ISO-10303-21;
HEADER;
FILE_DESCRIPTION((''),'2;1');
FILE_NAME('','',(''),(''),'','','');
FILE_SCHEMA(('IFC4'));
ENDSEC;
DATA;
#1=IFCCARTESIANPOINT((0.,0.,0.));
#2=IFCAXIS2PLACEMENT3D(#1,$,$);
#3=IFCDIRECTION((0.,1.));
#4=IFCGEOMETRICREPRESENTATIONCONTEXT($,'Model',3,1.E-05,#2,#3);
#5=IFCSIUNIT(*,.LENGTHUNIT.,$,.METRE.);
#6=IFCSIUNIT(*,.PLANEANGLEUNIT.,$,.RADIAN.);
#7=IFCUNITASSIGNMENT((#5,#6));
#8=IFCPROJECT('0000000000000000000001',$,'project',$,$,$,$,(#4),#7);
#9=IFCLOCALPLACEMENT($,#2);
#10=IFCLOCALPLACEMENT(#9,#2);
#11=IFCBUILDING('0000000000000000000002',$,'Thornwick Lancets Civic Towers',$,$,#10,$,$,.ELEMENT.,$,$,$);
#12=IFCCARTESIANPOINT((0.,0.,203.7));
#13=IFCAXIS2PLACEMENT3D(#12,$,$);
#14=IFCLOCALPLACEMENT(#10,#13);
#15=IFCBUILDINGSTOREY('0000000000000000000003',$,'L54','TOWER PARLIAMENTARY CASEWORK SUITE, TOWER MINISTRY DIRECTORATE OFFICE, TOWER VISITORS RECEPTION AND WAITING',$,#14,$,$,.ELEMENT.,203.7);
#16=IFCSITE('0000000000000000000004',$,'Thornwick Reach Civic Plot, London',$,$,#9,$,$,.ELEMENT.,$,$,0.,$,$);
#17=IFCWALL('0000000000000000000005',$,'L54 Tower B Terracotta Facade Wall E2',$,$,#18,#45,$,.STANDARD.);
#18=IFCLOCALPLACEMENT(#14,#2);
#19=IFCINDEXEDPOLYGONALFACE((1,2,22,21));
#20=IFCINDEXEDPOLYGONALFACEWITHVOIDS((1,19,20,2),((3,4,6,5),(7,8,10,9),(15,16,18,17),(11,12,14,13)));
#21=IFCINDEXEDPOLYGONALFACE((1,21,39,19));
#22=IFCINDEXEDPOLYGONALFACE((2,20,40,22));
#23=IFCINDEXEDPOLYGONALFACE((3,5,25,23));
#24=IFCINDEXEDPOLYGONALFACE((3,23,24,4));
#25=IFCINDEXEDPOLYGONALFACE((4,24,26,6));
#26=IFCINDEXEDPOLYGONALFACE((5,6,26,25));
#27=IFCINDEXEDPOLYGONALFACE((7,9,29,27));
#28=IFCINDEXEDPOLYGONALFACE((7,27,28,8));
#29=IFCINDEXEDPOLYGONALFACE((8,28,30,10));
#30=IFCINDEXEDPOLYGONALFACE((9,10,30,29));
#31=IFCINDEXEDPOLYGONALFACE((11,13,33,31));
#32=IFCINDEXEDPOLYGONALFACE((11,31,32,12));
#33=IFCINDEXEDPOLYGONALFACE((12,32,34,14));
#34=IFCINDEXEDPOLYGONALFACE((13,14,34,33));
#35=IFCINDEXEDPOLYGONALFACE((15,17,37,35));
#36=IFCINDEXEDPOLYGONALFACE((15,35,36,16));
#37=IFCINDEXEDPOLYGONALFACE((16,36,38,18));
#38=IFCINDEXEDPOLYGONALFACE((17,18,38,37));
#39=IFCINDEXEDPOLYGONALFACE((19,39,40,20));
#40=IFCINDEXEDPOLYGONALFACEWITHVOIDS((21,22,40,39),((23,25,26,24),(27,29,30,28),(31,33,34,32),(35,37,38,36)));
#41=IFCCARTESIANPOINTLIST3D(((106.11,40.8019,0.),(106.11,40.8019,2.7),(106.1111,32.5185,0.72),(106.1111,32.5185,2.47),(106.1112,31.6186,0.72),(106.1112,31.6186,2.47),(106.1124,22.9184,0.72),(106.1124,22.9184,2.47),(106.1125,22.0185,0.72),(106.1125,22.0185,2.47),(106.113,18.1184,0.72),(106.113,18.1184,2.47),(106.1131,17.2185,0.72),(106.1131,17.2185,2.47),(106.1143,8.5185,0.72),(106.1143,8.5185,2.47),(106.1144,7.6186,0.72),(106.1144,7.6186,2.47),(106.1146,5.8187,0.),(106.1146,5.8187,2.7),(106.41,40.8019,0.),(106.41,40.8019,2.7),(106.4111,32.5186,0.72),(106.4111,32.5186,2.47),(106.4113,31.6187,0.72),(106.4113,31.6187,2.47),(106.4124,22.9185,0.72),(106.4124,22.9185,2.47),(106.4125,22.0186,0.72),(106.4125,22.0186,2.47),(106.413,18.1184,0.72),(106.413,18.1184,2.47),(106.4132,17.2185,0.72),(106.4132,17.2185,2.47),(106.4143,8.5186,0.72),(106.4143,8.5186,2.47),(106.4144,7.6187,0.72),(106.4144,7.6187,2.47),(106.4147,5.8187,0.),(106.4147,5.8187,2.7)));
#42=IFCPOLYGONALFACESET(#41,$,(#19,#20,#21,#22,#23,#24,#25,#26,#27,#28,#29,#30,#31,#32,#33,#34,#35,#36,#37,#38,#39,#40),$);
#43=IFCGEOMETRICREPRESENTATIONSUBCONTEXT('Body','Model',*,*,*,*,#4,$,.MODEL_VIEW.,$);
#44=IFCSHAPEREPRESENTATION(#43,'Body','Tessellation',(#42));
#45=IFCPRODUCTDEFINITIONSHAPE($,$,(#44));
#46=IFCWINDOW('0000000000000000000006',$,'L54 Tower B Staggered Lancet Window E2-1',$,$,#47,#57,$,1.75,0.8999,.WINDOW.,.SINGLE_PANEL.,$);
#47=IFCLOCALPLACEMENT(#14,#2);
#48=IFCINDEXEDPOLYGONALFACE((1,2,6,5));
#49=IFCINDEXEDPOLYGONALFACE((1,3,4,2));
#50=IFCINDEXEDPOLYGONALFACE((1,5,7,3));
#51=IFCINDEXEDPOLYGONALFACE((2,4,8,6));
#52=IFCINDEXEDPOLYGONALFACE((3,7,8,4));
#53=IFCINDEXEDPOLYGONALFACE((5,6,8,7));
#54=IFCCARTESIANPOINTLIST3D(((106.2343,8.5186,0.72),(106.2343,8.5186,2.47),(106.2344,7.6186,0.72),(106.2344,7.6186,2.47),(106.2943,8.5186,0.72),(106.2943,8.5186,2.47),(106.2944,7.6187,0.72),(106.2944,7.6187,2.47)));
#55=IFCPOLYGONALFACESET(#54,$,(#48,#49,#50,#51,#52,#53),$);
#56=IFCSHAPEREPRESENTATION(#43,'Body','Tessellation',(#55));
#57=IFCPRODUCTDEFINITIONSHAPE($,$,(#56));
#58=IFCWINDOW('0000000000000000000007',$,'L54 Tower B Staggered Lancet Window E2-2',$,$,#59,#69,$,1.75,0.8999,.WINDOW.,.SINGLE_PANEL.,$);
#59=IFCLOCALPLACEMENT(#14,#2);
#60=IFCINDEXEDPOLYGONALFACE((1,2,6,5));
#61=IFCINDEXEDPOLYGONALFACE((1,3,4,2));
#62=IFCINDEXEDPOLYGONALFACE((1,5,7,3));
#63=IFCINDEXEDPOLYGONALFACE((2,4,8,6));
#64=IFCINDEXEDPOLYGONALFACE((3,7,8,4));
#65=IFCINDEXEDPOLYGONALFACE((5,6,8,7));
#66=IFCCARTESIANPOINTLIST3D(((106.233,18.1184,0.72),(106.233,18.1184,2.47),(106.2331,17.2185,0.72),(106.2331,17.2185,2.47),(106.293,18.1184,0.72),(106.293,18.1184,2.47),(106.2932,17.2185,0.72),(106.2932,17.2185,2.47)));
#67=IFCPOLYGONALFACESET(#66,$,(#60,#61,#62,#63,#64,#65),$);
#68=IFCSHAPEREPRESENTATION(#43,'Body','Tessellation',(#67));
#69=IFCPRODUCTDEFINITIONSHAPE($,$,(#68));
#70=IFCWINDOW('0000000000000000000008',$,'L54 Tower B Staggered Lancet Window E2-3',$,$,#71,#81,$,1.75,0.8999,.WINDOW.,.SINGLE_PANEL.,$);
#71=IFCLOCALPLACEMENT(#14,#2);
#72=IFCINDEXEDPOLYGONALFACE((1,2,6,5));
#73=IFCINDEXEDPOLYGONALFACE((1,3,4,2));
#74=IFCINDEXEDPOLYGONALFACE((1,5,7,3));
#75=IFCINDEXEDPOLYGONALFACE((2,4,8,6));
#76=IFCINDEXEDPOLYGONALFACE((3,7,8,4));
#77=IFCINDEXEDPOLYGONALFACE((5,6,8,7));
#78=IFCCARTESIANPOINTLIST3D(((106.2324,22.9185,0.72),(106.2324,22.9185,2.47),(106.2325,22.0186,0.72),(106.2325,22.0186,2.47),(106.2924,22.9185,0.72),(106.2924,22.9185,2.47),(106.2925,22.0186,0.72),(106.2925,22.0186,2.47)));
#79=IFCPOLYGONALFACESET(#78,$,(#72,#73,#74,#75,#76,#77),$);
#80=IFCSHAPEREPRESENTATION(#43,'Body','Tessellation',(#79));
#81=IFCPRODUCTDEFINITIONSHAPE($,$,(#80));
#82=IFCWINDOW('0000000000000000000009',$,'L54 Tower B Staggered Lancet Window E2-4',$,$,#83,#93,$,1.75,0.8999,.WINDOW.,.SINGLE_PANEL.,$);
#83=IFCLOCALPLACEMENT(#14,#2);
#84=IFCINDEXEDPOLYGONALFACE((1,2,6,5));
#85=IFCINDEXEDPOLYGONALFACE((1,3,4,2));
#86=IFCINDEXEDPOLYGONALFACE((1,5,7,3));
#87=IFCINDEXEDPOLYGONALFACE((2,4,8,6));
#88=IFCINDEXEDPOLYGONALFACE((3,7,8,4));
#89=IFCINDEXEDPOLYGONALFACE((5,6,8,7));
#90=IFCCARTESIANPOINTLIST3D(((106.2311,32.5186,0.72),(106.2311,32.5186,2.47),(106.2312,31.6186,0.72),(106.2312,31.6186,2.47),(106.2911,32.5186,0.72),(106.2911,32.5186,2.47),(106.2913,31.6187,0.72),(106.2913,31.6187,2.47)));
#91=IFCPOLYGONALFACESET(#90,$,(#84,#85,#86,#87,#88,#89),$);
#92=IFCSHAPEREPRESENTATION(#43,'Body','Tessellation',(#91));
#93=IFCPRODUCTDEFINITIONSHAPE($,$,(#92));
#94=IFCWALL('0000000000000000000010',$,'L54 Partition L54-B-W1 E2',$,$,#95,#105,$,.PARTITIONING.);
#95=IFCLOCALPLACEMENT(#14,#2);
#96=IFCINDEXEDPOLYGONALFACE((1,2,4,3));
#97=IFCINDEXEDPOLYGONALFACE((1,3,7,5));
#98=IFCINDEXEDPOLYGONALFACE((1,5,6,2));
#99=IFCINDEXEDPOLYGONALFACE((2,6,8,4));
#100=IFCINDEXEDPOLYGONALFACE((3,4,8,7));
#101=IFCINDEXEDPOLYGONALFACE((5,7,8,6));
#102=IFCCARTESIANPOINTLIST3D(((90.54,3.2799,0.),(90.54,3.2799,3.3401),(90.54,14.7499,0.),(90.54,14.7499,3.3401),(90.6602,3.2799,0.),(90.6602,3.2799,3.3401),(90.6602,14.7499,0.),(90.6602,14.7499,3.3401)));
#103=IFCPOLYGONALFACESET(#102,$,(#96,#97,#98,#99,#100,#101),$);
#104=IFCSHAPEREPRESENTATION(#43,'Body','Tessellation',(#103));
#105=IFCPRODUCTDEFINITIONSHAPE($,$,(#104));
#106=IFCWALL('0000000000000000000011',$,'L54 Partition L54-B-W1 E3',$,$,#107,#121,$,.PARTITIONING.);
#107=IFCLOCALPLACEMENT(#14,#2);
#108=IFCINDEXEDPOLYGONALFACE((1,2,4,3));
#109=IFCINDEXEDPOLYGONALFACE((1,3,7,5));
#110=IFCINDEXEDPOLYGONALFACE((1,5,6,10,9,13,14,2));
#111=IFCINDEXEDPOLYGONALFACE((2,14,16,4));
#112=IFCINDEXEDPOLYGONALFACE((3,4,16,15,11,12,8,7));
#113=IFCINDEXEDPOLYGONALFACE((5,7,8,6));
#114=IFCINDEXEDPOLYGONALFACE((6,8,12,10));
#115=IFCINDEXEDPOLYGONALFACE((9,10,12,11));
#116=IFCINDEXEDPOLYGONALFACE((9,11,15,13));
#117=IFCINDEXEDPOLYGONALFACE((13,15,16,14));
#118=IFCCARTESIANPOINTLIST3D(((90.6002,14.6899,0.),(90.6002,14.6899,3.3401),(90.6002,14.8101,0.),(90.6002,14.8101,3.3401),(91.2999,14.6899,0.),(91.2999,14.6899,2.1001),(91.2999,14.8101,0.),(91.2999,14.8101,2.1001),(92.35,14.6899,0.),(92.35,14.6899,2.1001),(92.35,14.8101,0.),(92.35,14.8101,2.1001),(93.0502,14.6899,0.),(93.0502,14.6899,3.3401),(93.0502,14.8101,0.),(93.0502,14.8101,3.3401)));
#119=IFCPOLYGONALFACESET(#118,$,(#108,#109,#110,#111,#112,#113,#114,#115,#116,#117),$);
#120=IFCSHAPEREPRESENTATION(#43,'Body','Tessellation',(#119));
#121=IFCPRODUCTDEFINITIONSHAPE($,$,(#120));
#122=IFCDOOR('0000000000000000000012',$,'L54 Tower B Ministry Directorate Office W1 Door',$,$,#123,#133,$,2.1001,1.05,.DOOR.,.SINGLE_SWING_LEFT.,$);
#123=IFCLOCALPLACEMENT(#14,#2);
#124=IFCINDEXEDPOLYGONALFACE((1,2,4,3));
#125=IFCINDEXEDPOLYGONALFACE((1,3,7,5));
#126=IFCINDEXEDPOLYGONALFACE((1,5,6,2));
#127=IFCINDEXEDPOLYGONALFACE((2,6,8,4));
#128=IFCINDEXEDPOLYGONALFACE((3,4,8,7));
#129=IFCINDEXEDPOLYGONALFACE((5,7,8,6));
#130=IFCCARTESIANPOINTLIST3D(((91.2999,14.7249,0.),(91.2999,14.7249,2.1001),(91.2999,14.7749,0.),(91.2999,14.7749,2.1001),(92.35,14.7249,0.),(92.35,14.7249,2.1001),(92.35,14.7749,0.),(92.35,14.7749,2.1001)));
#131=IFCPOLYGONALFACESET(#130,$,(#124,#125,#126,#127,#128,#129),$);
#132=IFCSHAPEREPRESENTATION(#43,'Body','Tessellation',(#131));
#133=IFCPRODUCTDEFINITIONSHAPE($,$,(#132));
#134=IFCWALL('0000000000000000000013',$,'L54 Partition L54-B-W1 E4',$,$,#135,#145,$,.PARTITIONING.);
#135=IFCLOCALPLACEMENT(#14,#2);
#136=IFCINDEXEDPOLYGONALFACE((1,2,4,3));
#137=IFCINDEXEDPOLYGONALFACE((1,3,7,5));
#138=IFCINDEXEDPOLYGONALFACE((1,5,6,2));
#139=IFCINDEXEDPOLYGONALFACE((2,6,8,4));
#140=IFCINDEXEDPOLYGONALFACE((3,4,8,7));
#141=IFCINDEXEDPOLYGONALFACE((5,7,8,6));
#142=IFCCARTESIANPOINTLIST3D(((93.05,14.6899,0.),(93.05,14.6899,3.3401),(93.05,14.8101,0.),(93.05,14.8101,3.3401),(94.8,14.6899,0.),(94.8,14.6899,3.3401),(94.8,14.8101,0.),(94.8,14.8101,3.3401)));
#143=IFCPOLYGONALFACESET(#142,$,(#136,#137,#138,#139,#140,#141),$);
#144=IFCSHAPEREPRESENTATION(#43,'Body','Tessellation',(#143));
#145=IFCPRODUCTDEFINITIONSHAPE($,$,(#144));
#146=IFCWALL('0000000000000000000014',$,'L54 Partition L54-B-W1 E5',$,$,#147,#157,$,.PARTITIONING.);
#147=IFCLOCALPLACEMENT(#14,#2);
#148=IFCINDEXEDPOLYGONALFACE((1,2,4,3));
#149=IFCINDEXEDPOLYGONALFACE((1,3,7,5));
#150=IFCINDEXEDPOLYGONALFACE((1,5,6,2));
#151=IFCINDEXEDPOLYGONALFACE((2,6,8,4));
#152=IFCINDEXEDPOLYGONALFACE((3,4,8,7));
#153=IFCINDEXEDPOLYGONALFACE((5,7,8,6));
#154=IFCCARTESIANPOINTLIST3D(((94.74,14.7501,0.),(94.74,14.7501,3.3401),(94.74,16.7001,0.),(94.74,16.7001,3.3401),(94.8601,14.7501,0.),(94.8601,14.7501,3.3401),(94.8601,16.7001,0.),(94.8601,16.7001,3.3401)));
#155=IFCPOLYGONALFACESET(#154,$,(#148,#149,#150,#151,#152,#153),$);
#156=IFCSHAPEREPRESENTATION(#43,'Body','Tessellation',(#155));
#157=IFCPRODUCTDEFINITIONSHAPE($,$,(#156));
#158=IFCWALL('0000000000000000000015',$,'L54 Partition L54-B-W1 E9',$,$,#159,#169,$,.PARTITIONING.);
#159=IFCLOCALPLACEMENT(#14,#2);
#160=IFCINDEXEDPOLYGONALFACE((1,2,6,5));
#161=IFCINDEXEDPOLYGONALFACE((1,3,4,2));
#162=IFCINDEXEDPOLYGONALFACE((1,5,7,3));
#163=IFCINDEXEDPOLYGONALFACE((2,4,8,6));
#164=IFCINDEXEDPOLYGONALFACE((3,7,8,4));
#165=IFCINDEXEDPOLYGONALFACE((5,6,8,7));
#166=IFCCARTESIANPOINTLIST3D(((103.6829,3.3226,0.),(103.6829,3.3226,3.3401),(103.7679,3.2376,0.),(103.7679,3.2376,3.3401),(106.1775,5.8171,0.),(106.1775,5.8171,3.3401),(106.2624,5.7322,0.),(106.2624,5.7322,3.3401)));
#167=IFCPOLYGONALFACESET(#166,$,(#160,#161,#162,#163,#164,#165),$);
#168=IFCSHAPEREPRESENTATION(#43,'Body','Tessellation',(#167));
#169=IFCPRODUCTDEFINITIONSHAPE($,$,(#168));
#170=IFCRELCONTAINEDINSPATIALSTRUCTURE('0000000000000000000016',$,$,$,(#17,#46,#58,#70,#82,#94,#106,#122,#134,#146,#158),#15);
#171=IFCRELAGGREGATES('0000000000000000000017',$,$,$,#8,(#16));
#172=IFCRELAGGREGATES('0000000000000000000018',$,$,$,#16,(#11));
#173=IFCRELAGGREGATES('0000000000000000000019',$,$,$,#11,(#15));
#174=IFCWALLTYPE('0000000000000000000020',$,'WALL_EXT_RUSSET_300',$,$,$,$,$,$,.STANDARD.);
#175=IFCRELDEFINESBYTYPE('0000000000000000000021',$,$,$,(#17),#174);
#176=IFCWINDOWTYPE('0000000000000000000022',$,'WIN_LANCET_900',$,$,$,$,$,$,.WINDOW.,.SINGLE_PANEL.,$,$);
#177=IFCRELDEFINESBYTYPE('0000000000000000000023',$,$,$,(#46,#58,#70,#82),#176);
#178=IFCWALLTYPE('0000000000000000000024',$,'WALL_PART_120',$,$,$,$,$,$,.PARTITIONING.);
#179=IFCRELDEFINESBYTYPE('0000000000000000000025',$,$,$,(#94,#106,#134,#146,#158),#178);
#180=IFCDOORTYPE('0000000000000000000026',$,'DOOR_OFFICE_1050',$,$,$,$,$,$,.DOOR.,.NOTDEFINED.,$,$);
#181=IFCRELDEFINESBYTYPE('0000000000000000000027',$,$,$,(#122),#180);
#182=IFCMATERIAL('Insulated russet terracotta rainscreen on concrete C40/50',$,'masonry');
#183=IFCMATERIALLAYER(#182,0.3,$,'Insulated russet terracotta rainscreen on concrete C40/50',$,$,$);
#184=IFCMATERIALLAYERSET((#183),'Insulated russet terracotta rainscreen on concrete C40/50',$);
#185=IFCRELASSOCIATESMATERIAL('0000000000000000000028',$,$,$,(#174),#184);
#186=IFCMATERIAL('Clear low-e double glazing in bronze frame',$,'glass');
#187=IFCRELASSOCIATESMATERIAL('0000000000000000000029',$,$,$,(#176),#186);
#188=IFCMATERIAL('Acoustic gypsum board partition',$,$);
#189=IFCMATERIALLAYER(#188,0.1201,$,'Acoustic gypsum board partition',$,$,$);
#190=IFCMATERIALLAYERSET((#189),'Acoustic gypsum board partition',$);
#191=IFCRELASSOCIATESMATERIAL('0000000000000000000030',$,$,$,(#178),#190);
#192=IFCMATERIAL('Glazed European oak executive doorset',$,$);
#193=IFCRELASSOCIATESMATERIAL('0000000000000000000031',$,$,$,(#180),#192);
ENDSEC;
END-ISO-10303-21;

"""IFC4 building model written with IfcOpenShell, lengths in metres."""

from ifc_helpers import new_model, si_unit, direction, frame, frame_2d, origin, place, context, subcontext, project, spatial, rectangle, extrude, material, layer, layer_set, type_object, element, fill, save


model = new_model("IFC4")

# Units and contexts
model_context = context("Model", 3, precision=1e-05, world=origin(), true_north=direction((0.0, 1.0)))
body_context = subcontext(model_context, "Body", "Model", "MODEL_VIEW")
ifc_project = project(units=[si_unit("LENGTHUNIT", "METRE"), si_unit("PLANEANGLEUNIT", "RADIAN")], contexts=[model_context])

# Site, building, storey
site_placement = place(None, origin())
site = spatial("IfcSite", under=ifc_project, at=site_placement, Name="Thornwick Reach Civic Plot, London", CompositionType="ELEMENT", RefElevation=0.0)
building_placement = place(site_placement, origin())
building = spatial("IfcBuilding", under=site, at=building_placement, Name="Thornwick Lancets Civic Towers", CompositionType="ELEMENT")
storey_placement = place(building_placement, frame((0.0, 0.0, 203.7)))
storey = spatial("IfcBuildingStorey", under=building, at=storey_placement, Name="L54", Description="TOWER PARLIAMENTARY CASEWORK SUITE, TOWER MINISTRY DIRECTORATE OFFICE, TOWER VISITORS RECEPTION AND WAITING", CompositionType="ELEMENT", Elevation=203.7)

# Wall, openings, windows
ifc_material_1 = material(Name="Insulated russet terracotta rainscreen on concrete C40/50", Category="masonry")
ifc_layer_1 = layer(ifc_material_1, 0.3, Name="Insulated russet terracotta rainscreen on concrete C40/50")
ifc_layer_set_1 = layer_set([ifc_layer_1], Name="Insulated russet terracotta rainscreen on concrete C40/50")
wall_type_1 = type_object("IfcWallType", Name="WALL_EXT_RUSSET_300", PredefinedType="STANDARD", material=ifc_layer_set_1)
wall_1_placement = place(storey_placement, frame((106.2646, 5.8186, 0.0), z_axis=(0.0, 0.0, 1.0), x_axis=(-0.000133, 1.0, 0.0)))
wall_1 = element("IfcWall", 1, at=wall_1_placement, inside=storey, type_object=wall_type_1, Name="L54 Tower B Terracotta Facade Wall E2", PredefinedType="STANDARD", context=body_context, shape_type="SweptSolid", body=[
    extrude(rectangle(XDim=34.9832, YDim=0.3, at=frame_2d((17.4917, 0.0))), origin(), (0.0, 0.0, 1.0), 2.7),
])
opening_1_placement = place(wall_1_placement, frame((1.8, 0.0, 0.72)))
opening_1 = element("IfcOpeningElement", 2, at=opening_1_placement, cuts=wall_1, PredefinedType="OPENING", context=body_context, shape_type="SweptSolid", body=[
    extrude(rectangle(XDim=0.8999, YDim=1.75, at=frame_2d((0.45, 0.875))), frame((0.0, 0.1602, 0.0), z_axis=(0.0, -1.0, 0.0), x_axis=(1.0, 0.0, 0.0)), (0.0, 0.0, 1.0), 0.3201),
])
opening_2_placement = place(wall_1_placement, frame((11.3999, 0.0, 0.72)))
opening_2 = element("IfcOpeningElement", 3, at=opening_2_placement, cuts=wall_1, PredefinedType="OPENING", context=body_context, shape_type="SweptSolid", body=[
    extrude(rectangle(XDim=0.8999, YDim=1.75, at=frame_2d((0.45, 0.875))), frame((0.0, 0.1602, 0.0), z_axis=(0.0, -1.0, 0.0), x_axis=(1.0, 0.0, 0.0)), (0.0, 0.0, 1.0), 0.3201),
])
opening_3_placement = place(wall_1_placement, frame((16.2, 0.0, 0.72)))
opening_3 = element("IfcOpeningElement", 4, at=opening_3_placement, cuts=wall_1, PredefinedType="OPENING", context=body_context, shape_type="SweptSolid", body=[
    extrude(rectangle(XDim=0.8999, YDim=1.75, at=frame_2d((0.45, 0.875))), frame((0.0, 0.1602, 0.0), z_axis=(0.0, -1.0, 0.0), x_axis=(1.0, 0.0, 0.0)), (0.0, 0.0, 1.0), 0.3201),
])
opening_4_placement = place(wall_1_placement, frame((25.8, 0.0, 0.72)))
opening_4 = element("IfcOpeningElement", 5, at=opening_4_placement, cuts=wall_1, PredefinedType="OPENING", context=body_context, shape_type="SweptSolid", body=[
    extrude(rectangle(XDim=0.8999, YDim=1.75, at=frame_2d((0.45, 0.875))), frame((0.0, 0.1602, 0.0), z_axis=(0.0, -1.0, 0.0), x_axis=(1.0, 0.0, 0.0)), (0.0, 0.0, 1.0), 0.3201),
])
ifc_material_2 = material(Name="Clear low-e double glazing in bronze frame", Category="glass")
window_type = type_object("IfcWindowType", Name="WIN_LANCET_900", PartitioningType="SINGLE_PANEL", PredefinedType="WINDOW", material=ifc_material_2)
window_1_placement = place(opening_1_placement, origin())
window_1 = element("IfcWindow", 6, at=window_1_placement, inside=storey, type_object=window_type, Name="L54 Tower B Staggered Lancet Window E2-1", OverallHeight=1.75, OverallWidth=0.8999, PartitioningType="SINGLE_PANEL", PredefinedType="WINDOW", context=body_context, shape_type="SweptSolid", body=[
    extrude(rectangle(XDim=0.8999, YDim=1.75, at=frame_2d((0.45, 0.875))), frame((0.0, 0.03, 0.0), z_axis=(0.0, -1.0, 0.0), x_axis=(1.0, 0.0, 0.0)), (0.0, 0.0, 1.0), 0.0601),
])
fill(opening_1, window_1)
window_2_placement = place(opening_2_placement, origin())
window_2 = element("IfcWindow", 7, at=window_2_placement, inside=storey, type_object=window_type, Name="L54 Tower B Staggered Lancet Window E2-2", OverallHeight=1.75, OverallWidth=0.8999, PartitioningType="SINGLE_PANEL", PredefinedType="WINDOW", context=body_context, shape_type="SweptSolid", body=[
    extrude(rectangle(XDim=0.8999, YDim=1.75, at=frame_2d((0.45, 0.875))), frame((0.0, 0.03, 0.0), z_axis=(0.0, -1.0, 0.0), x_axis=(1.0, 0.0, 0.0)), (0.0, 0.0, 1.0), 0.0601),
])
fill(opening_2, window_2)
window_3_placement = place(opening_3_placement, origin())
window_3 = element("IfcWindow", 8, at=window_3_placement, inside=storey, type_object=window_type, Name="L54 Tower B Staggered Lancet Window E2-3", OverallHeight=1.75, OverallWidth=0.8999, PartitioningType="SINGLE_PANEL", PredefinedType="WINDOW", context=body_context, shape_type="SweptSolid", body=[
    extrude(rectangle(XDim=0.8999, YDim=1.75, at=frame_2d((0.45, 0.875))), frame((0.0, 0.03, 0.0), z_axis=(0.0, -1.0, 0.0), x_axis=(1.0, 0.0, 0.0)), (0.0, 0.0, 1.0), 0.0601),
])
fill(opening_3, window_3)
window_4_placement = place(opening_4_placement, origin())
window_4 = element("IfcWindow", 9, at=window_4_placement, inside=storey, type_object=window_type, Name="L54 Tower B Staggered Lancet Window E2-4", OverallHeight=1.75, OverallWidth=0.8999, PartitioningType="SINGLE_PANEL", PredefinedType="WINDOW", context=body_context, shape_type="SweptSolid", body=[
    extrude(rectangle(XDim=0.8999, YDim=1.75, at=frame_2d((0.45, 0.875))), frame((0.0, 0.03, 0.0), z_axis=(0.0, -1.0, 0.0), x_axis=(1.0, 0.0, 0.0)), (0.0, 0.0, 1.0), 0.0601),
])
fill(opening_4, window_4)

# Wall
ifc_material_3 = material(Name="Acoustic gypsum board partition")
ifc_layer_2 = layer(ifc_material_3, 0.1201, Name="Acoustic gypsum board partition")
ifc_layer_set_2 = layer_set([ifc_layer_2], Name="Acoustic gypsum board partition")
wall_type_2 = type_object("IfcWallType", Name="WALL_PART_120", PredefinedType="PARTITIONING", material=ifc_layer_set_2)
wall_2_placement = place(storey_placement, frame((90.6001, 3.28, 0.0), z_axis=(0.0, 0.0, 1.0), x_axis=(0.0, 1.0, 0.0)))
element("IfcWall", 10, at=wall_2_placement, inside=storey, type_object=wall_type_2, Name="L54 Partition L54-B-W1 E2", PredefinedType="PARTITIONING", context=body_context, shape_type="SweptSolid", body=[
    extrude(rectangle(XDim=11.47, YDim=0.1201, at=frame_2d((5.7349, 0.0))), origin(), (0.0, 0.0, 1.0), 3.3401),
])

# Wall, opening, door
wall_3_placement = place(storey_placement, frame((90.6001, 14.75, 0.0), z_axis=(0.0, 0.0, 1.0), x_axis=(1.0, 0.0, 0.0)))
wall_3 = element("IfcWall", 11, at=wall_3_placement, inside=storey, type_object=wall_type_2, Name="L54 Partition L54-B-W1 E3", PredefinedType="PARTITIONING", context=body_context, shape_type="SweptSolid", body=[
    extrude(rectangle(XDim=2.45, YDim=0.1201, at=frame_2d((1.2251, 0.0))), origin(), (0.0, 0.0, 1.0), 3.3401),
])
opening_5_placement = place(wall_3_placement, frame((0.7, 0.0, 0.0)))
opening_5 = element("IfcOpeningElement", 12, at=opening_5_placement, cuts=wall_3, PredefinedType="OPENING", context=body_context, shape_type="SweptSolid", body=[
    extrude(rectangle(XDim=1.05, YDim=2.1001, at=frame_2d((0.5249, 1.05))), frame((0.0, 0.0701, 0.0), z_axis=(0.0, -1.0, 0.0), x_axis=(1.0, 0.0, 0.0)), (0.0, 0.0, 1.0), 0.1401),
])
ifc_material_4 = material(Name="Glazed European oak executive doorset")
door_type_1 = type_object("IfcDoorType", Name="DOOR_OFFICE_1050", OperationType="NOTDEFINED", PredefinedType="DOOR", material=ifc_material_4)
door_1_placement = place(opening_5_placement, origin())
door_1 = element("IfcDoor", 13, at=door_1_placement, inside=storey, type_object=door_type_1, Name="L54 Tower B Ministry Directorate Office W1 Door", OperationType="SINGLE_SWING_LEFT", OverallHeight=2.1001, OverallWidth=1.05, PredefinedType="DOOR", context=body_context, shape_type="SweptSolid", body=[
    extrude(rectangle(XDim=1.05, YDim=2.1001, at=frame_2d((0.5249, 1.05))), frame((0.0, 0.0249, 0.0), z_axis=(0.0, -1.0, 0.0), x_axis=(1.0, 0.0, 0.0)), (0.0, 0.0, 1.0), 0.05),
])
fill(opening_5, door_1)

# Walls
wall_4_placement = place(storey_placement, frame((93.05, 14.75, 0.0), z_axis=(0.0, 0.0, 1.0), x_axis=(1.0, 0.0, 0.0)))
element("IfcWall", 14, at=wall_4_placement, inside=storey, type_object=wall_type_2, Name="L54 Partition L54-B-W1 E4", PredefinedType="PARTITIONING", context=body_context, shape_type="SweptSolid", body=[
    extrude(rectangle(XDim=1.75, YDim=0.1201, at=frame_2d((0.875, 0.0))), origin(), (0.0, 0.0, 1.0), 3.3401),
])
wall_5_placement = place(storey_placement, frame((94.8, 14.75, 0.0), z_axis=(0.0, 0.0, 1.0), x_axis=(0.0, 1.0, 0.0)))
element("IfcWall", 15, at=wall_5_placement, inside=storey, type_object=wall_type_2, Name="L54 Partition L54-B-W1 E5", PredefinedType="PARTITIONING", context=body_context, shape_type="SweptSolid", body=[
    extrude(rectangle(XDim=1.95, YDim=0.1201, at=frame_2d((0.9751, 0.0))), origin(), (0.0, 0.0, 1.0), 3.3401),
])
wall_6_placement = place(storey_placement, frame((106.22, 5.7747, 0.0), z_axis=(0.0, 0.0, 1.0), x_axis=(-0.707107, -0.707107, 0.0)))
element("IfcWall", 16, at=wall_6_placement, inside=storey, type_object=wall_type_2, Name="L54 Partition L54-B-W1 E9", PredefinedType="PARTITIONING", context=body_context, shape_type="SweptSolid", body=[
    extrude(rectangle(XDim=3.5278, YDim=0.1201, at=frame_2d((1.7639, 0.0))), origin(), (0.0, 0.0, 1.0), 3.3401),
])

save(model, "model.ifc")
